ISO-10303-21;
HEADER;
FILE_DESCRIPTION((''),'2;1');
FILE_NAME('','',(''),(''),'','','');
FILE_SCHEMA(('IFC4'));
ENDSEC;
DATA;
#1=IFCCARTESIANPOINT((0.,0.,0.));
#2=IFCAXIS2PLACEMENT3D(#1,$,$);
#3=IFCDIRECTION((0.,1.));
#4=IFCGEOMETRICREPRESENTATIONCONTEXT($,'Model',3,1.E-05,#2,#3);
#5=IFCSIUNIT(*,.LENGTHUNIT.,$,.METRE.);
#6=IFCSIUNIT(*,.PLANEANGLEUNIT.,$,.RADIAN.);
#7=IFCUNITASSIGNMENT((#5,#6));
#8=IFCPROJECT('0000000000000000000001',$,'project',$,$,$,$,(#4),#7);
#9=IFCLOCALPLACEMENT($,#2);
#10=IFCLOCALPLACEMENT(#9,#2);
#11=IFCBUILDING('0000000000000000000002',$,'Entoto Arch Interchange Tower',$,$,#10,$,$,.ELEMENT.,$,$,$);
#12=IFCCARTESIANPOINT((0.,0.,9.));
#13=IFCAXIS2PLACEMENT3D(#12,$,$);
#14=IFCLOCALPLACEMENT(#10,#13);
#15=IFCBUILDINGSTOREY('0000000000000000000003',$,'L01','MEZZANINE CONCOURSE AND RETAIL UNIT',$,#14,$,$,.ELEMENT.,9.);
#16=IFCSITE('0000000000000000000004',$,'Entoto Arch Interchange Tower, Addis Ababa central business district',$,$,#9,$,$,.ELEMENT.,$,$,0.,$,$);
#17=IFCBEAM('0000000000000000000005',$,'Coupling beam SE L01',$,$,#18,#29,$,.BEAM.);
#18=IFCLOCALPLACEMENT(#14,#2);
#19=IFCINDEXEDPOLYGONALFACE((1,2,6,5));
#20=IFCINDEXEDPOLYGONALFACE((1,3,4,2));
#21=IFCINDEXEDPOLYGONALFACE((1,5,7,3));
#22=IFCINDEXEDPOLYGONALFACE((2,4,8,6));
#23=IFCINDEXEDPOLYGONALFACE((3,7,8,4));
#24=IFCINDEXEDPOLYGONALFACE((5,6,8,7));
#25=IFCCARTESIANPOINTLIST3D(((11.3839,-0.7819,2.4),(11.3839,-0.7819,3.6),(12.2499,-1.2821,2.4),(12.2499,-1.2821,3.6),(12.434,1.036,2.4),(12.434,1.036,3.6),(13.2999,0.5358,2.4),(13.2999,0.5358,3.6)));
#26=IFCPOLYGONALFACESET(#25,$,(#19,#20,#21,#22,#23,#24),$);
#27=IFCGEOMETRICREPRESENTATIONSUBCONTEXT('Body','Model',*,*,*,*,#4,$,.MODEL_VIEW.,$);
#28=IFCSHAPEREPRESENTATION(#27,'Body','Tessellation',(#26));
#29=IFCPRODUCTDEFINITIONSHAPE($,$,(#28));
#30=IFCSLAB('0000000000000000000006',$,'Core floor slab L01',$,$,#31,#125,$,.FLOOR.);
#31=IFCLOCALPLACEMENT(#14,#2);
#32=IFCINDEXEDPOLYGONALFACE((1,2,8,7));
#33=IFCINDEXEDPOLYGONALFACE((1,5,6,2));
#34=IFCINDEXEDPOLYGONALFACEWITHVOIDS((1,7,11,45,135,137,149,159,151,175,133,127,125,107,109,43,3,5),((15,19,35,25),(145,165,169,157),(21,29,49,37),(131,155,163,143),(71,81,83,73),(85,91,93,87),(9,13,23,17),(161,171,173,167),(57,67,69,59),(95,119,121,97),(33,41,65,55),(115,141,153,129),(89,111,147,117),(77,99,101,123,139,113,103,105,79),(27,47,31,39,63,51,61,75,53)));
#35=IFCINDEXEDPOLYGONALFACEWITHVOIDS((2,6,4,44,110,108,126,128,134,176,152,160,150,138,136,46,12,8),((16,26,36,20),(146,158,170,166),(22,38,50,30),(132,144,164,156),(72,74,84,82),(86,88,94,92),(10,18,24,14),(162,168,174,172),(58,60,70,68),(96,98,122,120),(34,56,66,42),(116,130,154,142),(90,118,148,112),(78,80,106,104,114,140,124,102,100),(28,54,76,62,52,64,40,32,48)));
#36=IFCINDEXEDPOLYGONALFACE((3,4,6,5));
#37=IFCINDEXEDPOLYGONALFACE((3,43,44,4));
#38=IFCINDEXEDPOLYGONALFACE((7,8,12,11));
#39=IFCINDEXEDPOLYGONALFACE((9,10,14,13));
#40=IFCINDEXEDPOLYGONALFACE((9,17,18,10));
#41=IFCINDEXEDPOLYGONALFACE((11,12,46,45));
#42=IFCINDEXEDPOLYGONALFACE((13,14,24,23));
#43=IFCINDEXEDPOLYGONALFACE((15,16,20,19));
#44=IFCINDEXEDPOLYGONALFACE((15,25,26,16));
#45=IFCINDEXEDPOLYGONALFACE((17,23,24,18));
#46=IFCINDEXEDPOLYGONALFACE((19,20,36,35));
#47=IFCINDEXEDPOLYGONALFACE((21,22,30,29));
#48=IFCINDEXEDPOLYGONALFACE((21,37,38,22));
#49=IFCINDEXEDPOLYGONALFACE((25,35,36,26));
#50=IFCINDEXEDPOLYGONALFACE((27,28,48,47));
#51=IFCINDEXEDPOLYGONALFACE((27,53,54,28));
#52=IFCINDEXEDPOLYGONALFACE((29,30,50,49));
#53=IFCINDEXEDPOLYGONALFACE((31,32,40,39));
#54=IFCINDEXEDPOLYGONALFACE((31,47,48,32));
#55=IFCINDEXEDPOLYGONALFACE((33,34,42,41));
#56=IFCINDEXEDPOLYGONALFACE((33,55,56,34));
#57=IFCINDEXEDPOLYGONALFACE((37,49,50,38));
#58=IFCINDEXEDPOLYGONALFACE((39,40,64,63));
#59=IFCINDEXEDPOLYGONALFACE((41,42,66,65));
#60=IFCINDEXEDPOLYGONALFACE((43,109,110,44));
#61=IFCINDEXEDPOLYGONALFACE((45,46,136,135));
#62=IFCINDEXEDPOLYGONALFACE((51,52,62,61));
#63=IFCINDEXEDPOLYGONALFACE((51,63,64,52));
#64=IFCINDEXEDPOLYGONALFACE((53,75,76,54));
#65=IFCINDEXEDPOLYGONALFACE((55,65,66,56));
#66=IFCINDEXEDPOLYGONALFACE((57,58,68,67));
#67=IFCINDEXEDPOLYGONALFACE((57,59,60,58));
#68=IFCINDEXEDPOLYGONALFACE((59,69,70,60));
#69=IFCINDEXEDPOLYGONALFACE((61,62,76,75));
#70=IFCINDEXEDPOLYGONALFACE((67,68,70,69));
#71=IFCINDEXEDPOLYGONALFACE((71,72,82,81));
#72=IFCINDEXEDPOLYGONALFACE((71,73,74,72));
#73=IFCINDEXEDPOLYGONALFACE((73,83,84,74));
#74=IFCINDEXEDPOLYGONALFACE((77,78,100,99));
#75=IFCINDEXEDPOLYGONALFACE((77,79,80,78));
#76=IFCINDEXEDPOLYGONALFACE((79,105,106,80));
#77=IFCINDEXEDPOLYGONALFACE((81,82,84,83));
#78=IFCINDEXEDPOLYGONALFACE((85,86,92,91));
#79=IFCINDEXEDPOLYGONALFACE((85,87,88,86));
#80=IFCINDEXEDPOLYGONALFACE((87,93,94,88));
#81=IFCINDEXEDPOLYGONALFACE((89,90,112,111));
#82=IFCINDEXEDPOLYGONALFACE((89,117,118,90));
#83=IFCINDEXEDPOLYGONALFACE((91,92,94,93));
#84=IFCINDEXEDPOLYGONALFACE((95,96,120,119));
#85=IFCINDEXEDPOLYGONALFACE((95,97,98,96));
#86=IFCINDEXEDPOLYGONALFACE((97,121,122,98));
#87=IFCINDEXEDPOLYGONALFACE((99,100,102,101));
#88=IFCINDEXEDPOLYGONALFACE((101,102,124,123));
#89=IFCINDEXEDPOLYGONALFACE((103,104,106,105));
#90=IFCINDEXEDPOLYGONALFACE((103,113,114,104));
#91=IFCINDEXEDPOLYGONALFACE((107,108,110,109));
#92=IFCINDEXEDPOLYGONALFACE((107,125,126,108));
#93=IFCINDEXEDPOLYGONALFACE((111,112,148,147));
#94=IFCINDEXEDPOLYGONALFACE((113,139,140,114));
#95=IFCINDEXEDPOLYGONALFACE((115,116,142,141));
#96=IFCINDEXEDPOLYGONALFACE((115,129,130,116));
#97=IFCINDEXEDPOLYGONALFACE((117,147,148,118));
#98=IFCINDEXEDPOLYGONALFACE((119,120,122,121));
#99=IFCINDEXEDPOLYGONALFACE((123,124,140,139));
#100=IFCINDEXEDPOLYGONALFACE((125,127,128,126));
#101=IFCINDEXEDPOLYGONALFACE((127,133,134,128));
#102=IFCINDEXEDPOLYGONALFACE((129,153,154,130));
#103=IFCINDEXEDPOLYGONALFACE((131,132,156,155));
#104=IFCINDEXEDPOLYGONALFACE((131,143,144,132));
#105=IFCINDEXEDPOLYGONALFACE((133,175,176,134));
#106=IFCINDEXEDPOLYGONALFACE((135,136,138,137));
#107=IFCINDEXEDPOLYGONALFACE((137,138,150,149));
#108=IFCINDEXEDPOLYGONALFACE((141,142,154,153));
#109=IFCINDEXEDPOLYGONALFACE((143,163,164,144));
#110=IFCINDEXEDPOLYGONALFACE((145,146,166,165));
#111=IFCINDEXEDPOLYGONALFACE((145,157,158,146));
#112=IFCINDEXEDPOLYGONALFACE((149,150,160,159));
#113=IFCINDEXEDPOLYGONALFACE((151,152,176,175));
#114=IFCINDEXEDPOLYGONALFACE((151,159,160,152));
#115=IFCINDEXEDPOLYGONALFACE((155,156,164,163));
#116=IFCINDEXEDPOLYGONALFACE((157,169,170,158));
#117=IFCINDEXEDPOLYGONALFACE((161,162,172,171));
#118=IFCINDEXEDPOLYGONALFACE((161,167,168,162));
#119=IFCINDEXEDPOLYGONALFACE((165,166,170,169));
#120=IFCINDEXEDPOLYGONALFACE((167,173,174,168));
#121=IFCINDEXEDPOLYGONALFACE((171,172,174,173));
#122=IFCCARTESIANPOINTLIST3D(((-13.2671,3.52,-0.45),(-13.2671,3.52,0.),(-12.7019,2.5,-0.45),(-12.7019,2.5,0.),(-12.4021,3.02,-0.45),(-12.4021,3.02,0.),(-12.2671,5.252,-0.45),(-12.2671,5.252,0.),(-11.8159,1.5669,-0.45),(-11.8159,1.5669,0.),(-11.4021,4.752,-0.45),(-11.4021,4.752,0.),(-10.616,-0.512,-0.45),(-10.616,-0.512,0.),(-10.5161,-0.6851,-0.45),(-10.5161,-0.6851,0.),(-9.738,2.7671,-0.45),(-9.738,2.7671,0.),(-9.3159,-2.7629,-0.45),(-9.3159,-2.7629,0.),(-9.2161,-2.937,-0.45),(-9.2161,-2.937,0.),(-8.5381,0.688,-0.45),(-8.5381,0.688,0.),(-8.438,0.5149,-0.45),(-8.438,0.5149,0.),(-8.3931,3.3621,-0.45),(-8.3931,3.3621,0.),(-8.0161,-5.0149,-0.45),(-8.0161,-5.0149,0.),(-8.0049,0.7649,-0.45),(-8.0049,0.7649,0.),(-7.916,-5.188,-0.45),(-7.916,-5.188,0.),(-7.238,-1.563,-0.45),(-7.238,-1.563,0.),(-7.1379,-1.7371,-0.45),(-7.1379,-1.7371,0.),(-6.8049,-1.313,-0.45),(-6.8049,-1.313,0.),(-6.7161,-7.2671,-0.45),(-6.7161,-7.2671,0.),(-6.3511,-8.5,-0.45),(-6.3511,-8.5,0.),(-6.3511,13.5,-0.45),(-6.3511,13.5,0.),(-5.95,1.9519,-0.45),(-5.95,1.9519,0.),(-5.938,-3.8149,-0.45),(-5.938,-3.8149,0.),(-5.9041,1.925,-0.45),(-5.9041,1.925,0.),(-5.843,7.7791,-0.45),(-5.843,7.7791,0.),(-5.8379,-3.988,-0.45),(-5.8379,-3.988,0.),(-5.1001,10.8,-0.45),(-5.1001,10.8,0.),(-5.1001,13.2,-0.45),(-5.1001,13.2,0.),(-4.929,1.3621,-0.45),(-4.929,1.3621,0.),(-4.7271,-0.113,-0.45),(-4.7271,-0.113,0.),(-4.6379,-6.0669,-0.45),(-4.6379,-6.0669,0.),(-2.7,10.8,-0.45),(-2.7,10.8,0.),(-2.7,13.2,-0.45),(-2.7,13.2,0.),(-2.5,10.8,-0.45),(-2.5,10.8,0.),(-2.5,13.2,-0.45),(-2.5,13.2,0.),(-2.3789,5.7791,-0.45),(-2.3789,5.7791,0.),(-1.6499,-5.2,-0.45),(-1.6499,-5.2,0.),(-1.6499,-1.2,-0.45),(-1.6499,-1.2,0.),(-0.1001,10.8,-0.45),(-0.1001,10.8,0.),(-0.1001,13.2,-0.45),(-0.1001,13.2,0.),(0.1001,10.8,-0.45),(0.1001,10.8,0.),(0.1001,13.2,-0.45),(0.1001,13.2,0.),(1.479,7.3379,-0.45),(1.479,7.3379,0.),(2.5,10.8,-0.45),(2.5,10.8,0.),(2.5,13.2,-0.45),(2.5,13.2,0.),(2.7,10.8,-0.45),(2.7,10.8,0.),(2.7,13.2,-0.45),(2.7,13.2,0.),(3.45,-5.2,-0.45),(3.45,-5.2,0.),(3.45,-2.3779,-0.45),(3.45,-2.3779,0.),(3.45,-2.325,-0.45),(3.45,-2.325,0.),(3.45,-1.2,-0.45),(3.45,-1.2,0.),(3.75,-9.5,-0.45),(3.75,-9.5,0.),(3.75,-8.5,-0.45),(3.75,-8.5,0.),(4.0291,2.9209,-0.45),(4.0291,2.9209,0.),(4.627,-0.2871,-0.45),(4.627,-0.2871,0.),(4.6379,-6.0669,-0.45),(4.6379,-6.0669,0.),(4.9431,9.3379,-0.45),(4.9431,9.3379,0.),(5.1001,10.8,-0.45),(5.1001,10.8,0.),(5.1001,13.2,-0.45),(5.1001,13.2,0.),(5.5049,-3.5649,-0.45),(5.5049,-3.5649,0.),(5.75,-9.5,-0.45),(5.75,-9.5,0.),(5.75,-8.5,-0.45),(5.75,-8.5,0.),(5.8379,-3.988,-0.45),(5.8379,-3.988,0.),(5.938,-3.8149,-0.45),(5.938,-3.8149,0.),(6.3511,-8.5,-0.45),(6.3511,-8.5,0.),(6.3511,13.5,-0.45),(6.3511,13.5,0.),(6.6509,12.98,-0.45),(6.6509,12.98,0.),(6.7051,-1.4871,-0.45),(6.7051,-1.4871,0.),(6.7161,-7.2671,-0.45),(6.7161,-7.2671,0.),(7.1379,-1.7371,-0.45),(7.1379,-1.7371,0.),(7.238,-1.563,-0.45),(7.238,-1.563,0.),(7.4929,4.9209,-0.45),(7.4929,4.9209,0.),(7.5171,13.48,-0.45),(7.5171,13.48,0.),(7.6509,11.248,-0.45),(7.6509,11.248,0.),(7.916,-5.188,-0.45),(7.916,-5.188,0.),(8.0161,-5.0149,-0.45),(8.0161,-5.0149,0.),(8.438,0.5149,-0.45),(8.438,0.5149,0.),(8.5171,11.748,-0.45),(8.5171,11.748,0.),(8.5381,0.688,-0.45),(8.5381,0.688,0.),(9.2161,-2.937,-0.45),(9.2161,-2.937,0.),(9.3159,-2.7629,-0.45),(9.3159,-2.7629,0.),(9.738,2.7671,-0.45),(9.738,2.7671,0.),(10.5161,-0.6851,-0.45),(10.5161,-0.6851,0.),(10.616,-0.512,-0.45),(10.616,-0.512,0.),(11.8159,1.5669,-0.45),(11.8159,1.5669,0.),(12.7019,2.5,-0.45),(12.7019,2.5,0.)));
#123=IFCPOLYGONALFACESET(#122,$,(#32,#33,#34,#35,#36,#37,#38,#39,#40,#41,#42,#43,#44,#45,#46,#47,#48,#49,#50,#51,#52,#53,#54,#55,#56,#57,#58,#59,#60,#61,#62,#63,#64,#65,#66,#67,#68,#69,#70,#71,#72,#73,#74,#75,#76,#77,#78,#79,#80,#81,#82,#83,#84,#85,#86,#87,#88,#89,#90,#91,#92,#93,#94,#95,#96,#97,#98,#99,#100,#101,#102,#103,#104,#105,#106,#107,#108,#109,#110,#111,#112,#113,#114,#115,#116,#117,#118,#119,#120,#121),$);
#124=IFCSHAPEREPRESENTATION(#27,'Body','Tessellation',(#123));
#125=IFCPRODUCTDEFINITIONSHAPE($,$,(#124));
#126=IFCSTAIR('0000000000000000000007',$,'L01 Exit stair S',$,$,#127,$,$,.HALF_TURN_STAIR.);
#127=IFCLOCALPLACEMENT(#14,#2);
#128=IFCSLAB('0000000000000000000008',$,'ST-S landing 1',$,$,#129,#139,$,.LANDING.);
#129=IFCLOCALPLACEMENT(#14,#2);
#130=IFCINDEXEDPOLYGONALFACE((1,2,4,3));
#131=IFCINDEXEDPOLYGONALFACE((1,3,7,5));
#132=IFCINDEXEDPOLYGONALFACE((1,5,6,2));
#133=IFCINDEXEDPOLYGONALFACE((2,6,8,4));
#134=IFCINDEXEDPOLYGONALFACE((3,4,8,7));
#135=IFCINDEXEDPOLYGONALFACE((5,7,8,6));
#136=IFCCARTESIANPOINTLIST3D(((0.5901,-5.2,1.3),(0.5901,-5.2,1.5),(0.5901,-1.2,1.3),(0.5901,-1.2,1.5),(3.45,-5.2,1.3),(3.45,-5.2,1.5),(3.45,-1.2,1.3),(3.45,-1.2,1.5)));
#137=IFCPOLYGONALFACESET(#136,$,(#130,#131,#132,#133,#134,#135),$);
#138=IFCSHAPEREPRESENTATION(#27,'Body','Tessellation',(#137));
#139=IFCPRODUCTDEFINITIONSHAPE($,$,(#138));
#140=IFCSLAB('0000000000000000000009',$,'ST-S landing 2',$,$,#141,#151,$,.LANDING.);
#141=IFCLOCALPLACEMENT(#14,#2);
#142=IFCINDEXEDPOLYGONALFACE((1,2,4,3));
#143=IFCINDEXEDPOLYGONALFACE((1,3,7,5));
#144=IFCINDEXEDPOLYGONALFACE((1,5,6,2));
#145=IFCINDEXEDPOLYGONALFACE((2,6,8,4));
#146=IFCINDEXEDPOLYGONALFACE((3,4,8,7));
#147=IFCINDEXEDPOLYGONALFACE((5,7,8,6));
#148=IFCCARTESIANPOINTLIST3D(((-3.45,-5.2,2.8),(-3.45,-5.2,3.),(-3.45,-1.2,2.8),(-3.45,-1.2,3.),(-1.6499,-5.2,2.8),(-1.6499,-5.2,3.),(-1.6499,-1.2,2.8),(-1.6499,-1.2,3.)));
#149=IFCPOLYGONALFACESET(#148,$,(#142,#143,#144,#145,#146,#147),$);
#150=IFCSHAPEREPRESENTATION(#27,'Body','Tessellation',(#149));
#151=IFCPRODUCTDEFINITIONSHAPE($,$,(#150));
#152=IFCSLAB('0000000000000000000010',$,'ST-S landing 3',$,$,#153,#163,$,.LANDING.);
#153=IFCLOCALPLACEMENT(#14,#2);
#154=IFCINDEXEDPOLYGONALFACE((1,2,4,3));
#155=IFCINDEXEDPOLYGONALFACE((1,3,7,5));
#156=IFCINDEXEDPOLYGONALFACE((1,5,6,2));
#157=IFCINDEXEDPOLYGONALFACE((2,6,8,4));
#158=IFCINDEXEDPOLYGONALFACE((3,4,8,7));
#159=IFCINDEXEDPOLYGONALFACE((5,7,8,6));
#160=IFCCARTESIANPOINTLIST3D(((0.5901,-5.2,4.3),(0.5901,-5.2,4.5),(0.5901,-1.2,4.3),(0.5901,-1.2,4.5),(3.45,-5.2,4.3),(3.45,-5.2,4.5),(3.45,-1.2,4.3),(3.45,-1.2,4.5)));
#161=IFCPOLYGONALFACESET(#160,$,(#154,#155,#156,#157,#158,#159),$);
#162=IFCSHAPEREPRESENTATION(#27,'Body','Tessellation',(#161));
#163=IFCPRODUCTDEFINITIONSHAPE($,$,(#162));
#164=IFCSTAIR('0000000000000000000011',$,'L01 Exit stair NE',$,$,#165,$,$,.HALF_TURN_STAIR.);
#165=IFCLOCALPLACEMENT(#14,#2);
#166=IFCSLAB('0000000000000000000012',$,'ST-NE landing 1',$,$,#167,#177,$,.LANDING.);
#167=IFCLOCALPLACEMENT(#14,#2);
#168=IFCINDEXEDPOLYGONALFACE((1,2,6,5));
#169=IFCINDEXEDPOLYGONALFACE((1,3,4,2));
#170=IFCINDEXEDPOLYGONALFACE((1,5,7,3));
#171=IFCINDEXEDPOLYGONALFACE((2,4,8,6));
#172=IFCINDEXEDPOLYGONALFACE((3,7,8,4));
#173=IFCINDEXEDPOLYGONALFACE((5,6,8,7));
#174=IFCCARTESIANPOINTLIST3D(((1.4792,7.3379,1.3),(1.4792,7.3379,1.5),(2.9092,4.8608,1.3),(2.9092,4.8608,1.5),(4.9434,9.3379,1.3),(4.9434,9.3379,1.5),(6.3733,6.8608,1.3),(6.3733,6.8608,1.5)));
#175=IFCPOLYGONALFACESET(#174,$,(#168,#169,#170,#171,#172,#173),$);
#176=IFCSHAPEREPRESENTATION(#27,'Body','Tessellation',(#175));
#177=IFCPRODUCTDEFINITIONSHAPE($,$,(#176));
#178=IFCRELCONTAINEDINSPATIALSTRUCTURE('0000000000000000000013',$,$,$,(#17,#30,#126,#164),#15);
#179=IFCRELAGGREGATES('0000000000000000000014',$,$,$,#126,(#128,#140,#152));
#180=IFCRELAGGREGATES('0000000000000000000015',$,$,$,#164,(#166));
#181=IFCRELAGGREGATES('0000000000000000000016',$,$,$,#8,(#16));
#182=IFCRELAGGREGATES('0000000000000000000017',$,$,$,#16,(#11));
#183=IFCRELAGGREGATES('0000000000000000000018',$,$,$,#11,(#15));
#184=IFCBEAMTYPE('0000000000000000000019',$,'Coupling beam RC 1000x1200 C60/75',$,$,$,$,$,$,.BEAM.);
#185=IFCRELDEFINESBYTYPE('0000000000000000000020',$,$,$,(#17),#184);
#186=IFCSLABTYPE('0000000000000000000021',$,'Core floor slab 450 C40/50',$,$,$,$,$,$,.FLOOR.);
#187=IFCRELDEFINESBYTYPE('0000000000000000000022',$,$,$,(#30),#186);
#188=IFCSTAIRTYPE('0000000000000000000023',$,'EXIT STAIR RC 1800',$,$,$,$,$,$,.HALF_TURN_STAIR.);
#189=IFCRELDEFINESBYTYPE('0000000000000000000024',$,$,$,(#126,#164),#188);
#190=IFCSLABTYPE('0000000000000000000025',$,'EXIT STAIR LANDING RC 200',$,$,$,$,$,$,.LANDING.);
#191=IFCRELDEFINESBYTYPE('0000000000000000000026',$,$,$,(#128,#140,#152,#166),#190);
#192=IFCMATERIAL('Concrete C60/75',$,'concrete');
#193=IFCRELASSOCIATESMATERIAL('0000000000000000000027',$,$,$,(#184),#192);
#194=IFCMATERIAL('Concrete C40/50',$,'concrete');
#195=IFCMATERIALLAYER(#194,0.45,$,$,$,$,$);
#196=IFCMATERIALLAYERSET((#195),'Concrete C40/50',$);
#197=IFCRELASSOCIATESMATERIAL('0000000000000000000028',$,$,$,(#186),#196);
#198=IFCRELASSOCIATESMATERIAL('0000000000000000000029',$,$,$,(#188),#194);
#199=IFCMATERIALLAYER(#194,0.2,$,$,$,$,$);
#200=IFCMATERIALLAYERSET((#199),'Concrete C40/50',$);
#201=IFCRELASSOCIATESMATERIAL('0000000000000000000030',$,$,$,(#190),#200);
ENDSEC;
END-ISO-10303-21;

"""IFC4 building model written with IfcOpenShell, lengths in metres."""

from ifc_helpers import new_model, si_unit, direction, frame, origin, origin_2d, place, context, subcontext, project, spatial, polyline, rectangle, outline, extrude, material, layer, layer_set, material_profile, profile_set, type_object, element, aggregate, save


model = new_model("IFC4")

# Units and contexts
model_context = context("Model", 3, precision=1e-05, world=origin(), true_north=direction((0.0, 1.0)))
body_context = subcontext(model_context, "Body", "Model", "MODEL_VIEW")
ifc_project = project(units=[si_unit("LENGTHUNIT", "METRE"), si_unit("PLANEANGLEUNIT", "RADIAN")], contexts=[model_context])

# Site, building, storey
site_placement = place(None, origin())
site = spatial("IfcSite", under=ifc_project, at=site_placement, Name="Entoto Arch Interchange Tower, Addis Ababa central business district", CompositionType="ELEMENT", RefElevation=0.0)
building_placement = place(site_placement, origin())
building = spatial("IfcBuilding", under=site, at=building_placement, Name="Entoto Arch Interchange Tower", CompositionType="ELEMENT")
storey_placement = place(building_placement, frame((0.0, 0.0, 9.0)))
storey = spatial("IfcBuildingStorey", under=building, at=storey_placement, Name="L01", Description="MEZZANINE CONCOURSE AND RETAIL UNIT", CompositionType="ELEMENT", Elevation=9.0)

# Beam
ifc_material_1 = material(Name="Concrete C60/75", Category="concrete")
ifc_material_profile = material_profile(ifc_material_1, rectangle(XDim=1.0, YDim=1.2, at=origin_2d()))
ifc_profile_set = profile_set([ifc_material_profile], Name="Concrete C60/75")
beam_type = type_object("IfcBeamType", Name="Coupling beam RC 1000x1200 C60/75", PredefinedType="BEAM", material=ifc_profile_set)
beam_placement = place(storey_placement, frame((11.8169, -1.032, 3.0), z_axis=(0.500179, 0.865922, 0.0), x_axis=(-0.865922, 0.500179, 0.0)))
element("IfcBeam", 1, at=beam_placement, inside=storey, type_object=beam_type, Name="Coupling beam SE L01", PredefinedType="BEAM", context=body_context, shape_type="SweptSolid", body=[
    extrude(rectangle(XDim=1.0, YDim=1.2, at=origin_2d()), origin(), (0.0, 0.0, 1.0), 2.0994),
])

# Slab
ifc_material_2 = material(Name="Concrete C40/50", Category="concrete")
ifc_layer_1 = layer(ifc_material_2, 0.45)
ifc_layer_set_1 = layer_set([ifc_layer_1], Name="Concrete C40/50")
slab_type_1 = type_object("IfcSlabType", Name="Core floor slab 450 C40/50", PredefinedType="FLOOR", material=ifc_layer_set_1)
slab_1_placement = place(storey_placement, frame((0.0, 0.0, -0.45)))
element("IfcSlab", 2, at=slab_1_placement, inside=storey, type_object=slab_type_1, Name="Core floor slab L01", PredefinedType="FLOOR", context=body_context, shape_type="SweptSolid", body=[
    extrude(outline(polyline([(5.75, -9.5), (3.75, -9.5), (3.75, -8.5), (-6.3511, -8.5), (-12.7019, 2.5), (-12.4021, 3.02), (-13.2671, 3.52), (-12.2671, 5.252), (-11.4021, 4.752), (-6.3511, 13.5), (6.3511, 13.5), (6.6509, 12.98), (7.5171, 13.48), (8.5171, 11.748), (7.6509, 11.248), (12.7019, 2.5), (6.3511, -8.5), (5.75, -8.5), (5.75, -9.5)]), holes=[polyline([(-4.6379, -6.0669), (-5.8379, -3.988), (-7.916, -5.188), (-6.7161, -7.2671), (-4.6379, -6.0669)]), polyline([(-5.938, -3.8149), (-7.1379, -1.7371), (-9.2161, -2.937), (-8.0161, -5.0149), (-5.938, -3.8149)]), polyline([(5.5049, -3.5649), (6.7051, -1.4871), (4.627, -0.2871), (3.45, -2.325), (3.45, -1.2), (-1.6499, -1.2), (-1.6499, -5.2), (3.45, -5.2), (3.45, -2.3779), (5.5049, -3.5649)]), polyline([(-7.238, -1.563), (-8.438, 0.5149), (-10.5161, -0.6851), (-9.3159, -2.7629), (-7.238, -1.563)]), polyline([(-4.7271, -0.113), (-5.9041, 1.925), (-4.929, 1.3621), (-2.3789, 5.7791), (-5.843, 7.7791), (-8.3931, 3.3621), (-5.95, 1.9519), (-8.0049, 0.7649), (-6.8049, -1.313), (-4.7271, -0.113)]), polyline([(-8.5381, 0.688), (-9.738, 2.7671), (-11.8159, 1.5669), (-10.616, -0.512), (-8.5381, 0.688)]), polyline([(-5.1001, 10.8), (-2.7, 10.8), (-2.7, 13.2), (-5.1001, 13.2), (-5.1001, 10.8)]), polyline([(-2.5, 10.8), (-0.1001, 10.8), (-0.1001, 13.2), (-2.5, 13.2), (-2.5, 10.8)]), polyline([(5.8379, -3.988), (4.6379, -6.0669), (6.7161, -7.2671), (7.916, -5.188), (5.8379, -3.988)]), polyline([(7.1379, -1.7371), (5.938, -3.8149), (8.0161, -5.0149), (9.2161, -2.937), (7.1379, -1.7371)]), polyline([(8.438, 0.5149), (7.238, -1.563), (9.3159, -2.7629), (10.5161, -0.6851), (8.438, 0.5149)]), polyline([(9.738, 2.7671), (8.5381, 0.688), (10.616, -0.512), (11.8159, 1.5669), (9.738, 2.7671)]), polyline([(4.0291, 2.9209), (7.4929, 4.9209), (4.9431, 9.3379), (1.479, 7.3379), (4.0291, 2.9209)]), polyline([(0.1001, 13.2), (0.1001, 10.8), (2.5, 10.8), (2.5, 13.2), (0.1001, 13.2)]), polyline([(2.7, 13.2), (2.7, 10.8), (5.1001, 10.8), (5.1001, 13.2), (2.7, 13.2)])]), origin(), (0.0, 0.0, 1.0), 0.45),
])

# Stairs, slabs
stair_type = type_object("IfcStairType", Name="EXIT STAIR RC 1800", PredefinedType="HALF_TURN_STAIR", material=ifc_material_2)
stair_1_placement = place(storey_placement, origin())
stair_1 = element("IfcStair", 3, at=stair_1_placement, inside=storey, type_object=stair_type, Name="L01 Exit stair S", PredefinedType="HALF_TURN_STAIR")
ifc_layer_2 = layer(ifc_material_2, 0.2)
ifc_layer_set_2 = layer_set([ifc_layer_2], Name="Concrete C40/50")
slab_type_2 = type_object("IfcSlabType", Name="EXIT STAIR LANDING RC 200", PredefinedType="LANDING", material=ifc_layer_set_2)
slab_2_placement = place(storey_placement, frame((0.0, 0.0, 1.3)))
slab_2 = element("IfcSlab", 4, at=slab_2_placement, type_object=slab_type_2, Name="ST-S landing 1", PredefinedType="LANDING", context=body_context, shape_type="SweptSolid", body=[
    extrude(outline(polyline([(0.5901, -5.2), (3.45, -5.2), (3.45, -1.2), (0.5901, -1.2), (0.5901, -5.2)])), origin(), (0.0, 0.0, 1.0), 0.2),
])
slab_3_placement = place(storey_placement, frame((0.0, 0.0, 2.8)))
slab_3 = element("IfcSlab", 5, at=slab_3_placement, type_object=slab_type_2, Name="ST-S landing 2", PredefinedType="LANDING", context=body_context, shape_type="SweptSolid", body=[
    extrude(outline(polyline([(-3.45, -5.2), (-1.6499, -5.2), (-1.6499, -1.2), (-3.45, -1.2), (-3.45, -5.2)])), origin(), (0.0, 0.0, 1.0), 0.2),
])
slab_4_placement = place(storey_placement, frame((0.0, 0.0, 4.3)))
slab_4 = element("IfcSlab", 6, at=slab_4_placement, type_object=slab_type_2, Name="ST-S landing 3", PredefinedType="LANDING", context=body_context, shape_type="SweptSolid", body=[
    extrude(outline(polyline([(0.5901, -5.2), (3.45, -5.2), (3.45, -1.2), (0.5901, -1.2), (0.5901, -5.2)])), origin(), (0.0, 0.0, 1.0), 0.2),
])
aggregate(stair_1, [slab_2, slab_3, slab_4])
stair_2_placement = place(storey_placement, origin())
stair_2 = element("IfcStair", 7, at=stair_2_placement, inside=storey, type_object=stair_type, Name="L01 Exit stair NE", PredefinedType="HALF_TURN_STAIR")
slab_5_placement = place(storey_placement, frame((0.0, 0.0, 1.3)))
slab_5 = element("IfcSlab", 8, at=slab_5_placement, type_object=slab_type_2, Name="ST-NE landing 1", PredefinedType="LANDING", context=body_context, shape_type="SweptSolid", body=[
    extrude(outline(polyline([(6.3733, 6.8608), (4.9434, 9.3379), (1.4792, 7.3379), (2.9092, 4.8608), (6.3733, 6.8608)])), origin(), (0.0, 0.0, 1.0), 0.2),
])
aggregate(stair_2, [slab_5])

save(model, "model.ifc")
